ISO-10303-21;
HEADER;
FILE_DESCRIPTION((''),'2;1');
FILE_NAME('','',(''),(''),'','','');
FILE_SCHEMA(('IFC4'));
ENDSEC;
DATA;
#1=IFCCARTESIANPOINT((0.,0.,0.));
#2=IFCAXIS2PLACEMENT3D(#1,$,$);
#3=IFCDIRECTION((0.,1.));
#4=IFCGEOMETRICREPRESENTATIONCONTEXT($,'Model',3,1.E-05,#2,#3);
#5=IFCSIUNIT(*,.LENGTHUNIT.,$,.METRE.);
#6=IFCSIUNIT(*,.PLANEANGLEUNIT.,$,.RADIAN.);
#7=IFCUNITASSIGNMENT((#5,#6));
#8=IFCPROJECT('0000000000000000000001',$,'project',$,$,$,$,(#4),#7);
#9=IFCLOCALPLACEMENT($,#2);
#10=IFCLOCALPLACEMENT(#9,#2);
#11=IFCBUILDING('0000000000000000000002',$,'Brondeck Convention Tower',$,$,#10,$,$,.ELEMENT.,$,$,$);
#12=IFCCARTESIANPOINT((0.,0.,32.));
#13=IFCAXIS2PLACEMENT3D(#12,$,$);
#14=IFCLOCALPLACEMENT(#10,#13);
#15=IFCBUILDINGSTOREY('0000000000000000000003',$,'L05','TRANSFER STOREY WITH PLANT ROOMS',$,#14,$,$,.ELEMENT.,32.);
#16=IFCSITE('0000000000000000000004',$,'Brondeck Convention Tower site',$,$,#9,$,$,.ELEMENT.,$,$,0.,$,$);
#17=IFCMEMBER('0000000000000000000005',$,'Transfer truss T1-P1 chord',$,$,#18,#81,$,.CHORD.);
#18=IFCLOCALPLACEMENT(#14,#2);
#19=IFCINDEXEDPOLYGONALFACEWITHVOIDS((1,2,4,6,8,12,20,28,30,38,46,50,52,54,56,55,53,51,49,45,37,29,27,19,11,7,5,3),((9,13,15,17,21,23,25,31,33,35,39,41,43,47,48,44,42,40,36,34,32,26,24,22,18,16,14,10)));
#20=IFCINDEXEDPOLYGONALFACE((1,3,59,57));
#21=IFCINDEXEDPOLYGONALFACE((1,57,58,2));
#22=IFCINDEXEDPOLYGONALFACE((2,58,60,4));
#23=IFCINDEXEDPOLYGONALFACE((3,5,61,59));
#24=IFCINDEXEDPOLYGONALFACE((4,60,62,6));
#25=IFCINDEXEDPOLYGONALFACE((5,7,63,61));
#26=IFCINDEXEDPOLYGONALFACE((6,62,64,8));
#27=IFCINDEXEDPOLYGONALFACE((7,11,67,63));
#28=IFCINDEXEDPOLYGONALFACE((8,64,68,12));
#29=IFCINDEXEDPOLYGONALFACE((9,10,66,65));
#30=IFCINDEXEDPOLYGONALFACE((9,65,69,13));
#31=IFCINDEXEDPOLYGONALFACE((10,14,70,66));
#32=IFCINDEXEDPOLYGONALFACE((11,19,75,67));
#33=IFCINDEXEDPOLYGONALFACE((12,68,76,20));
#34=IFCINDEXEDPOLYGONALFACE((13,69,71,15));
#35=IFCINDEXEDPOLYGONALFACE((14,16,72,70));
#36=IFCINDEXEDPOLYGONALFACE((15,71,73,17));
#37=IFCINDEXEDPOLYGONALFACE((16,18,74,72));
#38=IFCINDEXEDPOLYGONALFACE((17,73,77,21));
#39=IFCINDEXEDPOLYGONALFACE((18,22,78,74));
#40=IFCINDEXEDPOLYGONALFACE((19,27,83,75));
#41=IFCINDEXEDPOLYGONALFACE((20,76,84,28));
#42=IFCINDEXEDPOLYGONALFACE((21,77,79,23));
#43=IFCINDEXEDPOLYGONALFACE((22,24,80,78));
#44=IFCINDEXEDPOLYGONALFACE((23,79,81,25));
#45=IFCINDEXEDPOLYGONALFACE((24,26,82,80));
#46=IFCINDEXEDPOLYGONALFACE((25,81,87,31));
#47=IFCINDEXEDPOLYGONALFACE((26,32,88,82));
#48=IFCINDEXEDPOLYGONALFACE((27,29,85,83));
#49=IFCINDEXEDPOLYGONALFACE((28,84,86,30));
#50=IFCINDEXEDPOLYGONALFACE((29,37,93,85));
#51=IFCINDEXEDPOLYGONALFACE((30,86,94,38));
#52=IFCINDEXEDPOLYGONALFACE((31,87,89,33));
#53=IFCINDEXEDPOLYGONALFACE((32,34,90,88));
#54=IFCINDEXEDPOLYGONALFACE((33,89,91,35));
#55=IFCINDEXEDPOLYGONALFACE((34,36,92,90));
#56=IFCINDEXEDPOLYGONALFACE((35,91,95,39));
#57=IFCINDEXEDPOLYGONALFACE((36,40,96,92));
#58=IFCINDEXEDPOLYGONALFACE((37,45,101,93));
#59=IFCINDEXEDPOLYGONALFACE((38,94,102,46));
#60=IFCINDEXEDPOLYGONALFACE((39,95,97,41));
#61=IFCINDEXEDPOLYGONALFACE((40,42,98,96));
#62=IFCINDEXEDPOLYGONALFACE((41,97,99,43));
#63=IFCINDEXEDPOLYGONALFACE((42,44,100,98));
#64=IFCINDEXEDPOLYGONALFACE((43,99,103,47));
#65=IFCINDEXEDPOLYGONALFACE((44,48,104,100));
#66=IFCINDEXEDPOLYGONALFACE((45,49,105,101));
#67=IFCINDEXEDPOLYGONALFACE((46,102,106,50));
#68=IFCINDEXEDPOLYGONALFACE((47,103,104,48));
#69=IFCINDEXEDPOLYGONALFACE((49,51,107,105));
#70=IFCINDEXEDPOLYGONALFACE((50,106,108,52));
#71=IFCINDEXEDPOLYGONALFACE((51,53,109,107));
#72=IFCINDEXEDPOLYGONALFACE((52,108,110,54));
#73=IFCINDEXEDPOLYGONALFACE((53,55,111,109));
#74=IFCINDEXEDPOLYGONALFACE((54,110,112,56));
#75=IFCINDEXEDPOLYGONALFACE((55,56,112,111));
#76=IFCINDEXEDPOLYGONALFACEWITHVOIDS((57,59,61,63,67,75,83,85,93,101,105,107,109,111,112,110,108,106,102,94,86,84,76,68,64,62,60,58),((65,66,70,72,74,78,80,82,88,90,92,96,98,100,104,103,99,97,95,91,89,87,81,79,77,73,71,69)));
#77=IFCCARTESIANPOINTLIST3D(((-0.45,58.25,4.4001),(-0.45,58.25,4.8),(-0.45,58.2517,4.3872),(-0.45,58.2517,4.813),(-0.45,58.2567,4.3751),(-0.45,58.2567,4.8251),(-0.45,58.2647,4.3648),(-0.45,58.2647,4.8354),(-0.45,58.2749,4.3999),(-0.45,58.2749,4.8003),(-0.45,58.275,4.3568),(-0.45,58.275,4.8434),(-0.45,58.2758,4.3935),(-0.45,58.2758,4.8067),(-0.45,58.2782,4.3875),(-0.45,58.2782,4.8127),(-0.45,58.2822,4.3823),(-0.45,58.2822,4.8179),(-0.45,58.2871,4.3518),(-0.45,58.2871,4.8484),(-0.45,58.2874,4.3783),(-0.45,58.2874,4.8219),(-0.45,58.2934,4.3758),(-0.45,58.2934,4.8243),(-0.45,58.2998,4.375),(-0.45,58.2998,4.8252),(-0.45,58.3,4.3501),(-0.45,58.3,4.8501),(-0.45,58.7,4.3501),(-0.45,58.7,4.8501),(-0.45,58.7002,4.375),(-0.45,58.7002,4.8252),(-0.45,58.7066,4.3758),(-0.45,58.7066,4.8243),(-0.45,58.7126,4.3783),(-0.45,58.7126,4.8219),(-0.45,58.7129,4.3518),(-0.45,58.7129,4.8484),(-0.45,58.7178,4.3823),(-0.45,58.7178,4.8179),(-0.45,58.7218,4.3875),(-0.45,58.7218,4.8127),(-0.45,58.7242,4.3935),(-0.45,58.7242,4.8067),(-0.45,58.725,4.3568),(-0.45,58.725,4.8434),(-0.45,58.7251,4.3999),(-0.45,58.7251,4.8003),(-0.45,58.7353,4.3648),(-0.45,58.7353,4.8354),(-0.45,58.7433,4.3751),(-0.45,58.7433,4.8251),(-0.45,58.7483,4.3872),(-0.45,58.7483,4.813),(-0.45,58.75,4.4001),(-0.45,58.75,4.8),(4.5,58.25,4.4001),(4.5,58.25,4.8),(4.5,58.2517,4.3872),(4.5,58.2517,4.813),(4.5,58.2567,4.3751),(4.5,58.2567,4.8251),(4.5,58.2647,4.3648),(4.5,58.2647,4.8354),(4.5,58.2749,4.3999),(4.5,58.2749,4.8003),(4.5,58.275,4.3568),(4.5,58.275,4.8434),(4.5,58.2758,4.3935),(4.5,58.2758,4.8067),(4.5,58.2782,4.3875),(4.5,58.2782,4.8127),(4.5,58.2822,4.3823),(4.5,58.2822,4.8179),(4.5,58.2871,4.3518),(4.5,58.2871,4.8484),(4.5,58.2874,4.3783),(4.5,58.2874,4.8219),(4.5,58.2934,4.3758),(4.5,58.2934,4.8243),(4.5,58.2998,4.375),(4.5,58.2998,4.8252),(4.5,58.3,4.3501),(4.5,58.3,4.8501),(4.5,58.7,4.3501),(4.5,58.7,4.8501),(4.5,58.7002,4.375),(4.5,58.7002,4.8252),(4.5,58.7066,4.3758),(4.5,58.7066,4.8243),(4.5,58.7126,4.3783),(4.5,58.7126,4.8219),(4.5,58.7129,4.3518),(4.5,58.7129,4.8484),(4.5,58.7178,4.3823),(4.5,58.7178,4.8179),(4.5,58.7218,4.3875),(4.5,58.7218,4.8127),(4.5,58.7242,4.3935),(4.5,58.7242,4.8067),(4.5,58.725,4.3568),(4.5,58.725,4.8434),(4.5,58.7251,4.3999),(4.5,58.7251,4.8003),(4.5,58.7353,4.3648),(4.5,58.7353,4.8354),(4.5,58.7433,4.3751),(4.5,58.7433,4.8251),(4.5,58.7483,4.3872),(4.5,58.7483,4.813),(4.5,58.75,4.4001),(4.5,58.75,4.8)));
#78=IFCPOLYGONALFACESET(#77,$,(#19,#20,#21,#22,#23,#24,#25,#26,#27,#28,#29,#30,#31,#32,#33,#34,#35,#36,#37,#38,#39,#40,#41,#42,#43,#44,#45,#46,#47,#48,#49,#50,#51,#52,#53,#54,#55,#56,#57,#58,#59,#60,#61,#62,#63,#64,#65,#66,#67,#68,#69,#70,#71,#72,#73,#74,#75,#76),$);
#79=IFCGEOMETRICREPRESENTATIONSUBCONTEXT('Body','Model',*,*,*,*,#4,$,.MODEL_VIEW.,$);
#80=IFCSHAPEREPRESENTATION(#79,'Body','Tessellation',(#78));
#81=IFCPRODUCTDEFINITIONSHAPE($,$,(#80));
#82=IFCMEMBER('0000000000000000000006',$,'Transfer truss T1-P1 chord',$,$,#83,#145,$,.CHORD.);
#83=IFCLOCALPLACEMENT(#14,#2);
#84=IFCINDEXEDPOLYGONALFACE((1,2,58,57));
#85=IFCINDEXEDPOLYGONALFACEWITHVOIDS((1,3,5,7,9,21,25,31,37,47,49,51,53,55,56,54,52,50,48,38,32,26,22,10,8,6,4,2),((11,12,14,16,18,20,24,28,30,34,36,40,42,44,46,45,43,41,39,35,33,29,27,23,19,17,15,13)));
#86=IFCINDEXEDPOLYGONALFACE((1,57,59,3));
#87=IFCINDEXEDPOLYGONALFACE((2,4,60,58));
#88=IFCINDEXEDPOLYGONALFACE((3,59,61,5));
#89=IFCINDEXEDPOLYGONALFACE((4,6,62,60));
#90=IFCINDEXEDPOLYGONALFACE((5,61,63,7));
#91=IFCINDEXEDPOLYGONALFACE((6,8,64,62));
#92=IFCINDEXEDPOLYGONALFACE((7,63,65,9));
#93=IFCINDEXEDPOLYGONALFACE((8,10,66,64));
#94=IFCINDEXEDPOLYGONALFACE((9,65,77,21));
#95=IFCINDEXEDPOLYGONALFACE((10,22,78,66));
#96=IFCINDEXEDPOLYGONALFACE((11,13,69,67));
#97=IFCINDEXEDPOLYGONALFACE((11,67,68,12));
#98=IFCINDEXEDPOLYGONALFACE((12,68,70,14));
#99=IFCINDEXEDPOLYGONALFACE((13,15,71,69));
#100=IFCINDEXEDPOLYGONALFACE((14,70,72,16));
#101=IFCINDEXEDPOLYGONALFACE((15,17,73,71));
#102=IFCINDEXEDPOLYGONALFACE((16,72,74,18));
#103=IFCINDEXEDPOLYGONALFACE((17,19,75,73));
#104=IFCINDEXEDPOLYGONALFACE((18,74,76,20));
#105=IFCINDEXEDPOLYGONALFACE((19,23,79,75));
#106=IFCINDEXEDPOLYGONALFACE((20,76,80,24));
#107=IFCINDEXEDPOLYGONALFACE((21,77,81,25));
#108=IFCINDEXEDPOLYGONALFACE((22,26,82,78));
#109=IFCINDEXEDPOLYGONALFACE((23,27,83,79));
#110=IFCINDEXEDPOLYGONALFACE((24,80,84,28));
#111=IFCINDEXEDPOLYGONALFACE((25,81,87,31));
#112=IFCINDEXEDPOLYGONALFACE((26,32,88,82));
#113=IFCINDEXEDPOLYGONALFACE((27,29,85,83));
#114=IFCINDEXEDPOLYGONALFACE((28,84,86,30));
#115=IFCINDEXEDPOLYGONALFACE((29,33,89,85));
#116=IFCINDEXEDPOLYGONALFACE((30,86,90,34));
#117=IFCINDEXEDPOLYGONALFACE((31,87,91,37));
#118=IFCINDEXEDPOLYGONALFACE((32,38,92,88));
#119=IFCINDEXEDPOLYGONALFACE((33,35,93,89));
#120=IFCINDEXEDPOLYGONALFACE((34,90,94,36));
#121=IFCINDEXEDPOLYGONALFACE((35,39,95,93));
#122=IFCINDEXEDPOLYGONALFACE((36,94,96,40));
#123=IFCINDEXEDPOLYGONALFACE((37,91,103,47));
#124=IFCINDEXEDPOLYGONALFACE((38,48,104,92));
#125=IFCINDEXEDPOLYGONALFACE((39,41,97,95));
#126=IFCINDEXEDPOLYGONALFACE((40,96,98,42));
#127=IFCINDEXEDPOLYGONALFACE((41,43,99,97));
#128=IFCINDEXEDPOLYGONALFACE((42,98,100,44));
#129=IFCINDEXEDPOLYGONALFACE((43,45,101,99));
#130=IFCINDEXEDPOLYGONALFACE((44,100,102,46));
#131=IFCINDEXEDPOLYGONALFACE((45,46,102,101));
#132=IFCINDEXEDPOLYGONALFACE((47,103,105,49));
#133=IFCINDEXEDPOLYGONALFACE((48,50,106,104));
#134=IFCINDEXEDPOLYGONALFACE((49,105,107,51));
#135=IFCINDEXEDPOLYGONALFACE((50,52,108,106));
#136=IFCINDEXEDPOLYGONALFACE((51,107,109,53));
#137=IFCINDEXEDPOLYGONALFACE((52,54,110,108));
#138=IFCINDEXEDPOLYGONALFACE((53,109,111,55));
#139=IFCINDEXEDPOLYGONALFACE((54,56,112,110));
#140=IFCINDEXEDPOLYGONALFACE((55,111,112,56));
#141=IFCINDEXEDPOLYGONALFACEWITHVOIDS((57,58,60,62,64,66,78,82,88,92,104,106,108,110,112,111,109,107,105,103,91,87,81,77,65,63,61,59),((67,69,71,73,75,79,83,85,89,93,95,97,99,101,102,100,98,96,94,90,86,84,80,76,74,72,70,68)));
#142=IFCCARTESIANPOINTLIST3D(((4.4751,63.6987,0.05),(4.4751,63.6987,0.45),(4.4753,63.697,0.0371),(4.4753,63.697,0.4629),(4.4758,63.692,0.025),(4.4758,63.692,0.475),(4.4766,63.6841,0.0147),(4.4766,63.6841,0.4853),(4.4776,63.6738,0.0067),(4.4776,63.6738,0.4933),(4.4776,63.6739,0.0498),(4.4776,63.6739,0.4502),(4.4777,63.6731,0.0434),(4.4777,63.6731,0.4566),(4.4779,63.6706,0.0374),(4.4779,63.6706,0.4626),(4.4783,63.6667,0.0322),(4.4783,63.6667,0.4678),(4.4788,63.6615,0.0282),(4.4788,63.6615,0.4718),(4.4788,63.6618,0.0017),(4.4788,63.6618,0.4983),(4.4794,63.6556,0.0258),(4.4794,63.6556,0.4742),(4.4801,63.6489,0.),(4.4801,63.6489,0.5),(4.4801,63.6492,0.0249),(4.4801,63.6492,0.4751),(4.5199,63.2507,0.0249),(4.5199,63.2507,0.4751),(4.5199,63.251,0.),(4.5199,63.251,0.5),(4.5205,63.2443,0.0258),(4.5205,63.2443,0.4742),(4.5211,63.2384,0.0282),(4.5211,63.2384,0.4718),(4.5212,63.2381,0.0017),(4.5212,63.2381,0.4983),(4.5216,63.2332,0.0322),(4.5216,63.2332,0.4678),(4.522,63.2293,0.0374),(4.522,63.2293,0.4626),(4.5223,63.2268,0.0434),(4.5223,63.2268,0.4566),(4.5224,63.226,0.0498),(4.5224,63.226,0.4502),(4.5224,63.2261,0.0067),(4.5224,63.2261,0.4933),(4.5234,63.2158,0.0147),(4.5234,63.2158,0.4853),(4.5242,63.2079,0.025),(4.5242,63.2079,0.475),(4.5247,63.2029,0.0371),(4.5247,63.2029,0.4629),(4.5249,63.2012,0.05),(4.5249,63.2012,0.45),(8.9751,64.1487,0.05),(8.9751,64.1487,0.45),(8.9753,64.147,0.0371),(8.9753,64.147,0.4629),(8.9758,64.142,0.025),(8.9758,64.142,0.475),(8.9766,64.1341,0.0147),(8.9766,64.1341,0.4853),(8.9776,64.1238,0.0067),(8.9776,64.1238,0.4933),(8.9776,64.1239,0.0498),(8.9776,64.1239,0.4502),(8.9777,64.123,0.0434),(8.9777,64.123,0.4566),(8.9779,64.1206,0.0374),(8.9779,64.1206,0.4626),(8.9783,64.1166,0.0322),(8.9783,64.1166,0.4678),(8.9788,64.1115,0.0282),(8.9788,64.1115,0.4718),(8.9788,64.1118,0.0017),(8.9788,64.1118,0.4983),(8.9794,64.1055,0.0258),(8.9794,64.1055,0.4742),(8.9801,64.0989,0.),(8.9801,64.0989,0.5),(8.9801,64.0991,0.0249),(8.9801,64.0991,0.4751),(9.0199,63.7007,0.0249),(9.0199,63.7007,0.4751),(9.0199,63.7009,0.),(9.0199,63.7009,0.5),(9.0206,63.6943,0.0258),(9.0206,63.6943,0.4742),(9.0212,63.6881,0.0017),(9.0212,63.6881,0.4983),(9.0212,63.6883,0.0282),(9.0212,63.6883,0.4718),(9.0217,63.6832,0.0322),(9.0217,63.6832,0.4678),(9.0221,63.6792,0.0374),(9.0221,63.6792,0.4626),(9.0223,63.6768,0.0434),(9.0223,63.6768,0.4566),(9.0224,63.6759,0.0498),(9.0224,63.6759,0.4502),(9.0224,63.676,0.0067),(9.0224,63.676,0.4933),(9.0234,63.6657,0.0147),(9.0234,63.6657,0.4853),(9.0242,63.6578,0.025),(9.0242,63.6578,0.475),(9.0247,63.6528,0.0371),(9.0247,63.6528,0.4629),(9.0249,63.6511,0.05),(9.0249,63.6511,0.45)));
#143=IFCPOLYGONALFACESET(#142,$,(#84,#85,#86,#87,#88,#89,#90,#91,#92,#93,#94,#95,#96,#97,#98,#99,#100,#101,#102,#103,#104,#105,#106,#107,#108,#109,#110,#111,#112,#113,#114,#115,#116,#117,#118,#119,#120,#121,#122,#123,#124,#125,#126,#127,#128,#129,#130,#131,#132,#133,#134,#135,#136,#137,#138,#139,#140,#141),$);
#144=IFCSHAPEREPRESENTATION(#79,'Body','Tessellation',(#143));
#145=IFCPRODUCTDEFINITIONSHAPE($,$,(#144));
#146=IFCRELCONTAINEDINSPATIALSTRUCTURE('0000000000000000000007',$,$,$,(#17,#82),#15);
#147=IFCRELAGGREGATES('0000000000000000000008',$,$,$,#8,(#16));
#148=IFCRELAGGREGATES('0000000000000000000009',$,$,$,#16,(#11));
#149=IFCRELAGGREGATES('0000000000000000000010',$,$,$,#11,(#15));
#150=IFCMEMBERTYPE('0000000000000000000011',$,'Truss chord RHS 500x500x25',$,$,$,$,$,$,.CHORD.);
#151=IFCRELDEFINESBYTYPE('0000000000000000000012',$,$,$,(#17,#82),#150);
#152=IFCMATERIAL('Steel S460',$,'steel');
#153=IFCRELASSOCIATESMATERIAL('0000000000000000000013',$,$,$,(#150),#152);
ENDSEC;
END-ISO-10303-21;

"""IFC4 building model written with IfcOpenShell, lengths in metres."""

from ifc_helpers import new_model, si_unit, direction, frame, origin, origin_2d, place, context, subcontext, project, spatial, hollow_rectangle, extrude, material, material_profile, profile_set, type_object, element, save


model = new_model("IFC4")

# Units and contexts
model_context = context("Model", 3, precision=1e-05, world=origin(), true_north=direction((0.0, 1.0)))
body_context = subcontext(model_context, "Body", "Model", "MODEL_VIEW")
ifc_project = project(units=[si_unit("LENGTHUNIT", "METRE"), si_unit("PLANEANGLEUNIT", "RADIAN")], contexts=[model_context])

# Site, building, storey
site_placement = place(None, origin())
site = spatial("IfcSite", under=ifc_project, at=site_placement, Name="Brondeck Convention Tower site", CompositionType="ELEMENT", RefElevation=0.0)
building_placement = place(site_placement, origin())
building = spatial("IfcBuilding", under=site, at=building_placement, Name="Brondeck Convention Tower", CompositionType="ELEMENT")
storey_placement = place(building_placement, frame((0.0, 0.0, 32.0)))
storey = spatial("IfcBuildingStorey", under=building, at=storey_placement, Name="L05", Description="TRANSFER STOREY WITH PLANT ROOMS", CompositionType="ELEMENT", Elevation=32.0)

# Shared definitions
ifc_material_1 = material(Name="Steel S460", Category="steel")

# Members
ifc_material_profile_1 = material_profile(ifc_material_1, hollow_rectangle(XDim=0.5, YDim=0.5, WallThickness=0.0249, InnerFilletRadius=0.0249, OuterFilletRadius=0.05, at=origin_2d()), Name="RHS 500x500x25")
ifc_profile_set_1 = profile_set([ifc_material_profile_1], Name="Steel S460")
member_type_1 = type_object("IfcMemberType", Name="Truss chord RHS 500x500x25", PredefinedType="CHORD", material=ifc_profile_set_1)
for number, where, z_axis, x_axis, name in (
    (1, (4.5, 58.5, 4.6001), (-1.0, 0.0, 0.0), (0.0, -1.0, 0.0), "Transfer truss T1-P1 chord"),
):
    element("IfcMember", number, at=place(storey_placement, frame(where, z_axis=z_axis, x_axis=x_axis)), inside=storey, type_object=member_type_1, Name=name, PredefinedType="CHORD", context=body_context, shape_type="SweptSolid", body=[
        extrude(hollow_rectangle(XDim=0.5, YDim=0.5, WallThickness=0.0249, InnerFilletRadius=0.0249, OuterFilletRadius=0.05, at=origin_2d()), origin(), (0.0, 0.0, 1.0), 4.95),
    ])
member_1_placement = place(storey_placement, frame((9.0, 63.8999, 0.25), z_axis=(-0.995038, -0.099493, 0.0), x_axis=(0.099493, -0.995038, 0.0)))
element("IfcMember", 2, at=member_1_placement, inside=storey, type_object=member_type_1, Name="Transfer truss T1-P1 chord", PredefinedType="CHORD", context=body_context, shape_type="SweptSolid", body=[
    extrude(hollow_rectangle(XDim=0.5, YDim=0.5, WallThickness=0.0249, InnerFilletRadius=0.0249, OuterFilletRadius=0.05, at=origin_2d()), origin(), (0.0, 0.0, 1.0), 4.5225),
])

save(model, "model.ifc")
